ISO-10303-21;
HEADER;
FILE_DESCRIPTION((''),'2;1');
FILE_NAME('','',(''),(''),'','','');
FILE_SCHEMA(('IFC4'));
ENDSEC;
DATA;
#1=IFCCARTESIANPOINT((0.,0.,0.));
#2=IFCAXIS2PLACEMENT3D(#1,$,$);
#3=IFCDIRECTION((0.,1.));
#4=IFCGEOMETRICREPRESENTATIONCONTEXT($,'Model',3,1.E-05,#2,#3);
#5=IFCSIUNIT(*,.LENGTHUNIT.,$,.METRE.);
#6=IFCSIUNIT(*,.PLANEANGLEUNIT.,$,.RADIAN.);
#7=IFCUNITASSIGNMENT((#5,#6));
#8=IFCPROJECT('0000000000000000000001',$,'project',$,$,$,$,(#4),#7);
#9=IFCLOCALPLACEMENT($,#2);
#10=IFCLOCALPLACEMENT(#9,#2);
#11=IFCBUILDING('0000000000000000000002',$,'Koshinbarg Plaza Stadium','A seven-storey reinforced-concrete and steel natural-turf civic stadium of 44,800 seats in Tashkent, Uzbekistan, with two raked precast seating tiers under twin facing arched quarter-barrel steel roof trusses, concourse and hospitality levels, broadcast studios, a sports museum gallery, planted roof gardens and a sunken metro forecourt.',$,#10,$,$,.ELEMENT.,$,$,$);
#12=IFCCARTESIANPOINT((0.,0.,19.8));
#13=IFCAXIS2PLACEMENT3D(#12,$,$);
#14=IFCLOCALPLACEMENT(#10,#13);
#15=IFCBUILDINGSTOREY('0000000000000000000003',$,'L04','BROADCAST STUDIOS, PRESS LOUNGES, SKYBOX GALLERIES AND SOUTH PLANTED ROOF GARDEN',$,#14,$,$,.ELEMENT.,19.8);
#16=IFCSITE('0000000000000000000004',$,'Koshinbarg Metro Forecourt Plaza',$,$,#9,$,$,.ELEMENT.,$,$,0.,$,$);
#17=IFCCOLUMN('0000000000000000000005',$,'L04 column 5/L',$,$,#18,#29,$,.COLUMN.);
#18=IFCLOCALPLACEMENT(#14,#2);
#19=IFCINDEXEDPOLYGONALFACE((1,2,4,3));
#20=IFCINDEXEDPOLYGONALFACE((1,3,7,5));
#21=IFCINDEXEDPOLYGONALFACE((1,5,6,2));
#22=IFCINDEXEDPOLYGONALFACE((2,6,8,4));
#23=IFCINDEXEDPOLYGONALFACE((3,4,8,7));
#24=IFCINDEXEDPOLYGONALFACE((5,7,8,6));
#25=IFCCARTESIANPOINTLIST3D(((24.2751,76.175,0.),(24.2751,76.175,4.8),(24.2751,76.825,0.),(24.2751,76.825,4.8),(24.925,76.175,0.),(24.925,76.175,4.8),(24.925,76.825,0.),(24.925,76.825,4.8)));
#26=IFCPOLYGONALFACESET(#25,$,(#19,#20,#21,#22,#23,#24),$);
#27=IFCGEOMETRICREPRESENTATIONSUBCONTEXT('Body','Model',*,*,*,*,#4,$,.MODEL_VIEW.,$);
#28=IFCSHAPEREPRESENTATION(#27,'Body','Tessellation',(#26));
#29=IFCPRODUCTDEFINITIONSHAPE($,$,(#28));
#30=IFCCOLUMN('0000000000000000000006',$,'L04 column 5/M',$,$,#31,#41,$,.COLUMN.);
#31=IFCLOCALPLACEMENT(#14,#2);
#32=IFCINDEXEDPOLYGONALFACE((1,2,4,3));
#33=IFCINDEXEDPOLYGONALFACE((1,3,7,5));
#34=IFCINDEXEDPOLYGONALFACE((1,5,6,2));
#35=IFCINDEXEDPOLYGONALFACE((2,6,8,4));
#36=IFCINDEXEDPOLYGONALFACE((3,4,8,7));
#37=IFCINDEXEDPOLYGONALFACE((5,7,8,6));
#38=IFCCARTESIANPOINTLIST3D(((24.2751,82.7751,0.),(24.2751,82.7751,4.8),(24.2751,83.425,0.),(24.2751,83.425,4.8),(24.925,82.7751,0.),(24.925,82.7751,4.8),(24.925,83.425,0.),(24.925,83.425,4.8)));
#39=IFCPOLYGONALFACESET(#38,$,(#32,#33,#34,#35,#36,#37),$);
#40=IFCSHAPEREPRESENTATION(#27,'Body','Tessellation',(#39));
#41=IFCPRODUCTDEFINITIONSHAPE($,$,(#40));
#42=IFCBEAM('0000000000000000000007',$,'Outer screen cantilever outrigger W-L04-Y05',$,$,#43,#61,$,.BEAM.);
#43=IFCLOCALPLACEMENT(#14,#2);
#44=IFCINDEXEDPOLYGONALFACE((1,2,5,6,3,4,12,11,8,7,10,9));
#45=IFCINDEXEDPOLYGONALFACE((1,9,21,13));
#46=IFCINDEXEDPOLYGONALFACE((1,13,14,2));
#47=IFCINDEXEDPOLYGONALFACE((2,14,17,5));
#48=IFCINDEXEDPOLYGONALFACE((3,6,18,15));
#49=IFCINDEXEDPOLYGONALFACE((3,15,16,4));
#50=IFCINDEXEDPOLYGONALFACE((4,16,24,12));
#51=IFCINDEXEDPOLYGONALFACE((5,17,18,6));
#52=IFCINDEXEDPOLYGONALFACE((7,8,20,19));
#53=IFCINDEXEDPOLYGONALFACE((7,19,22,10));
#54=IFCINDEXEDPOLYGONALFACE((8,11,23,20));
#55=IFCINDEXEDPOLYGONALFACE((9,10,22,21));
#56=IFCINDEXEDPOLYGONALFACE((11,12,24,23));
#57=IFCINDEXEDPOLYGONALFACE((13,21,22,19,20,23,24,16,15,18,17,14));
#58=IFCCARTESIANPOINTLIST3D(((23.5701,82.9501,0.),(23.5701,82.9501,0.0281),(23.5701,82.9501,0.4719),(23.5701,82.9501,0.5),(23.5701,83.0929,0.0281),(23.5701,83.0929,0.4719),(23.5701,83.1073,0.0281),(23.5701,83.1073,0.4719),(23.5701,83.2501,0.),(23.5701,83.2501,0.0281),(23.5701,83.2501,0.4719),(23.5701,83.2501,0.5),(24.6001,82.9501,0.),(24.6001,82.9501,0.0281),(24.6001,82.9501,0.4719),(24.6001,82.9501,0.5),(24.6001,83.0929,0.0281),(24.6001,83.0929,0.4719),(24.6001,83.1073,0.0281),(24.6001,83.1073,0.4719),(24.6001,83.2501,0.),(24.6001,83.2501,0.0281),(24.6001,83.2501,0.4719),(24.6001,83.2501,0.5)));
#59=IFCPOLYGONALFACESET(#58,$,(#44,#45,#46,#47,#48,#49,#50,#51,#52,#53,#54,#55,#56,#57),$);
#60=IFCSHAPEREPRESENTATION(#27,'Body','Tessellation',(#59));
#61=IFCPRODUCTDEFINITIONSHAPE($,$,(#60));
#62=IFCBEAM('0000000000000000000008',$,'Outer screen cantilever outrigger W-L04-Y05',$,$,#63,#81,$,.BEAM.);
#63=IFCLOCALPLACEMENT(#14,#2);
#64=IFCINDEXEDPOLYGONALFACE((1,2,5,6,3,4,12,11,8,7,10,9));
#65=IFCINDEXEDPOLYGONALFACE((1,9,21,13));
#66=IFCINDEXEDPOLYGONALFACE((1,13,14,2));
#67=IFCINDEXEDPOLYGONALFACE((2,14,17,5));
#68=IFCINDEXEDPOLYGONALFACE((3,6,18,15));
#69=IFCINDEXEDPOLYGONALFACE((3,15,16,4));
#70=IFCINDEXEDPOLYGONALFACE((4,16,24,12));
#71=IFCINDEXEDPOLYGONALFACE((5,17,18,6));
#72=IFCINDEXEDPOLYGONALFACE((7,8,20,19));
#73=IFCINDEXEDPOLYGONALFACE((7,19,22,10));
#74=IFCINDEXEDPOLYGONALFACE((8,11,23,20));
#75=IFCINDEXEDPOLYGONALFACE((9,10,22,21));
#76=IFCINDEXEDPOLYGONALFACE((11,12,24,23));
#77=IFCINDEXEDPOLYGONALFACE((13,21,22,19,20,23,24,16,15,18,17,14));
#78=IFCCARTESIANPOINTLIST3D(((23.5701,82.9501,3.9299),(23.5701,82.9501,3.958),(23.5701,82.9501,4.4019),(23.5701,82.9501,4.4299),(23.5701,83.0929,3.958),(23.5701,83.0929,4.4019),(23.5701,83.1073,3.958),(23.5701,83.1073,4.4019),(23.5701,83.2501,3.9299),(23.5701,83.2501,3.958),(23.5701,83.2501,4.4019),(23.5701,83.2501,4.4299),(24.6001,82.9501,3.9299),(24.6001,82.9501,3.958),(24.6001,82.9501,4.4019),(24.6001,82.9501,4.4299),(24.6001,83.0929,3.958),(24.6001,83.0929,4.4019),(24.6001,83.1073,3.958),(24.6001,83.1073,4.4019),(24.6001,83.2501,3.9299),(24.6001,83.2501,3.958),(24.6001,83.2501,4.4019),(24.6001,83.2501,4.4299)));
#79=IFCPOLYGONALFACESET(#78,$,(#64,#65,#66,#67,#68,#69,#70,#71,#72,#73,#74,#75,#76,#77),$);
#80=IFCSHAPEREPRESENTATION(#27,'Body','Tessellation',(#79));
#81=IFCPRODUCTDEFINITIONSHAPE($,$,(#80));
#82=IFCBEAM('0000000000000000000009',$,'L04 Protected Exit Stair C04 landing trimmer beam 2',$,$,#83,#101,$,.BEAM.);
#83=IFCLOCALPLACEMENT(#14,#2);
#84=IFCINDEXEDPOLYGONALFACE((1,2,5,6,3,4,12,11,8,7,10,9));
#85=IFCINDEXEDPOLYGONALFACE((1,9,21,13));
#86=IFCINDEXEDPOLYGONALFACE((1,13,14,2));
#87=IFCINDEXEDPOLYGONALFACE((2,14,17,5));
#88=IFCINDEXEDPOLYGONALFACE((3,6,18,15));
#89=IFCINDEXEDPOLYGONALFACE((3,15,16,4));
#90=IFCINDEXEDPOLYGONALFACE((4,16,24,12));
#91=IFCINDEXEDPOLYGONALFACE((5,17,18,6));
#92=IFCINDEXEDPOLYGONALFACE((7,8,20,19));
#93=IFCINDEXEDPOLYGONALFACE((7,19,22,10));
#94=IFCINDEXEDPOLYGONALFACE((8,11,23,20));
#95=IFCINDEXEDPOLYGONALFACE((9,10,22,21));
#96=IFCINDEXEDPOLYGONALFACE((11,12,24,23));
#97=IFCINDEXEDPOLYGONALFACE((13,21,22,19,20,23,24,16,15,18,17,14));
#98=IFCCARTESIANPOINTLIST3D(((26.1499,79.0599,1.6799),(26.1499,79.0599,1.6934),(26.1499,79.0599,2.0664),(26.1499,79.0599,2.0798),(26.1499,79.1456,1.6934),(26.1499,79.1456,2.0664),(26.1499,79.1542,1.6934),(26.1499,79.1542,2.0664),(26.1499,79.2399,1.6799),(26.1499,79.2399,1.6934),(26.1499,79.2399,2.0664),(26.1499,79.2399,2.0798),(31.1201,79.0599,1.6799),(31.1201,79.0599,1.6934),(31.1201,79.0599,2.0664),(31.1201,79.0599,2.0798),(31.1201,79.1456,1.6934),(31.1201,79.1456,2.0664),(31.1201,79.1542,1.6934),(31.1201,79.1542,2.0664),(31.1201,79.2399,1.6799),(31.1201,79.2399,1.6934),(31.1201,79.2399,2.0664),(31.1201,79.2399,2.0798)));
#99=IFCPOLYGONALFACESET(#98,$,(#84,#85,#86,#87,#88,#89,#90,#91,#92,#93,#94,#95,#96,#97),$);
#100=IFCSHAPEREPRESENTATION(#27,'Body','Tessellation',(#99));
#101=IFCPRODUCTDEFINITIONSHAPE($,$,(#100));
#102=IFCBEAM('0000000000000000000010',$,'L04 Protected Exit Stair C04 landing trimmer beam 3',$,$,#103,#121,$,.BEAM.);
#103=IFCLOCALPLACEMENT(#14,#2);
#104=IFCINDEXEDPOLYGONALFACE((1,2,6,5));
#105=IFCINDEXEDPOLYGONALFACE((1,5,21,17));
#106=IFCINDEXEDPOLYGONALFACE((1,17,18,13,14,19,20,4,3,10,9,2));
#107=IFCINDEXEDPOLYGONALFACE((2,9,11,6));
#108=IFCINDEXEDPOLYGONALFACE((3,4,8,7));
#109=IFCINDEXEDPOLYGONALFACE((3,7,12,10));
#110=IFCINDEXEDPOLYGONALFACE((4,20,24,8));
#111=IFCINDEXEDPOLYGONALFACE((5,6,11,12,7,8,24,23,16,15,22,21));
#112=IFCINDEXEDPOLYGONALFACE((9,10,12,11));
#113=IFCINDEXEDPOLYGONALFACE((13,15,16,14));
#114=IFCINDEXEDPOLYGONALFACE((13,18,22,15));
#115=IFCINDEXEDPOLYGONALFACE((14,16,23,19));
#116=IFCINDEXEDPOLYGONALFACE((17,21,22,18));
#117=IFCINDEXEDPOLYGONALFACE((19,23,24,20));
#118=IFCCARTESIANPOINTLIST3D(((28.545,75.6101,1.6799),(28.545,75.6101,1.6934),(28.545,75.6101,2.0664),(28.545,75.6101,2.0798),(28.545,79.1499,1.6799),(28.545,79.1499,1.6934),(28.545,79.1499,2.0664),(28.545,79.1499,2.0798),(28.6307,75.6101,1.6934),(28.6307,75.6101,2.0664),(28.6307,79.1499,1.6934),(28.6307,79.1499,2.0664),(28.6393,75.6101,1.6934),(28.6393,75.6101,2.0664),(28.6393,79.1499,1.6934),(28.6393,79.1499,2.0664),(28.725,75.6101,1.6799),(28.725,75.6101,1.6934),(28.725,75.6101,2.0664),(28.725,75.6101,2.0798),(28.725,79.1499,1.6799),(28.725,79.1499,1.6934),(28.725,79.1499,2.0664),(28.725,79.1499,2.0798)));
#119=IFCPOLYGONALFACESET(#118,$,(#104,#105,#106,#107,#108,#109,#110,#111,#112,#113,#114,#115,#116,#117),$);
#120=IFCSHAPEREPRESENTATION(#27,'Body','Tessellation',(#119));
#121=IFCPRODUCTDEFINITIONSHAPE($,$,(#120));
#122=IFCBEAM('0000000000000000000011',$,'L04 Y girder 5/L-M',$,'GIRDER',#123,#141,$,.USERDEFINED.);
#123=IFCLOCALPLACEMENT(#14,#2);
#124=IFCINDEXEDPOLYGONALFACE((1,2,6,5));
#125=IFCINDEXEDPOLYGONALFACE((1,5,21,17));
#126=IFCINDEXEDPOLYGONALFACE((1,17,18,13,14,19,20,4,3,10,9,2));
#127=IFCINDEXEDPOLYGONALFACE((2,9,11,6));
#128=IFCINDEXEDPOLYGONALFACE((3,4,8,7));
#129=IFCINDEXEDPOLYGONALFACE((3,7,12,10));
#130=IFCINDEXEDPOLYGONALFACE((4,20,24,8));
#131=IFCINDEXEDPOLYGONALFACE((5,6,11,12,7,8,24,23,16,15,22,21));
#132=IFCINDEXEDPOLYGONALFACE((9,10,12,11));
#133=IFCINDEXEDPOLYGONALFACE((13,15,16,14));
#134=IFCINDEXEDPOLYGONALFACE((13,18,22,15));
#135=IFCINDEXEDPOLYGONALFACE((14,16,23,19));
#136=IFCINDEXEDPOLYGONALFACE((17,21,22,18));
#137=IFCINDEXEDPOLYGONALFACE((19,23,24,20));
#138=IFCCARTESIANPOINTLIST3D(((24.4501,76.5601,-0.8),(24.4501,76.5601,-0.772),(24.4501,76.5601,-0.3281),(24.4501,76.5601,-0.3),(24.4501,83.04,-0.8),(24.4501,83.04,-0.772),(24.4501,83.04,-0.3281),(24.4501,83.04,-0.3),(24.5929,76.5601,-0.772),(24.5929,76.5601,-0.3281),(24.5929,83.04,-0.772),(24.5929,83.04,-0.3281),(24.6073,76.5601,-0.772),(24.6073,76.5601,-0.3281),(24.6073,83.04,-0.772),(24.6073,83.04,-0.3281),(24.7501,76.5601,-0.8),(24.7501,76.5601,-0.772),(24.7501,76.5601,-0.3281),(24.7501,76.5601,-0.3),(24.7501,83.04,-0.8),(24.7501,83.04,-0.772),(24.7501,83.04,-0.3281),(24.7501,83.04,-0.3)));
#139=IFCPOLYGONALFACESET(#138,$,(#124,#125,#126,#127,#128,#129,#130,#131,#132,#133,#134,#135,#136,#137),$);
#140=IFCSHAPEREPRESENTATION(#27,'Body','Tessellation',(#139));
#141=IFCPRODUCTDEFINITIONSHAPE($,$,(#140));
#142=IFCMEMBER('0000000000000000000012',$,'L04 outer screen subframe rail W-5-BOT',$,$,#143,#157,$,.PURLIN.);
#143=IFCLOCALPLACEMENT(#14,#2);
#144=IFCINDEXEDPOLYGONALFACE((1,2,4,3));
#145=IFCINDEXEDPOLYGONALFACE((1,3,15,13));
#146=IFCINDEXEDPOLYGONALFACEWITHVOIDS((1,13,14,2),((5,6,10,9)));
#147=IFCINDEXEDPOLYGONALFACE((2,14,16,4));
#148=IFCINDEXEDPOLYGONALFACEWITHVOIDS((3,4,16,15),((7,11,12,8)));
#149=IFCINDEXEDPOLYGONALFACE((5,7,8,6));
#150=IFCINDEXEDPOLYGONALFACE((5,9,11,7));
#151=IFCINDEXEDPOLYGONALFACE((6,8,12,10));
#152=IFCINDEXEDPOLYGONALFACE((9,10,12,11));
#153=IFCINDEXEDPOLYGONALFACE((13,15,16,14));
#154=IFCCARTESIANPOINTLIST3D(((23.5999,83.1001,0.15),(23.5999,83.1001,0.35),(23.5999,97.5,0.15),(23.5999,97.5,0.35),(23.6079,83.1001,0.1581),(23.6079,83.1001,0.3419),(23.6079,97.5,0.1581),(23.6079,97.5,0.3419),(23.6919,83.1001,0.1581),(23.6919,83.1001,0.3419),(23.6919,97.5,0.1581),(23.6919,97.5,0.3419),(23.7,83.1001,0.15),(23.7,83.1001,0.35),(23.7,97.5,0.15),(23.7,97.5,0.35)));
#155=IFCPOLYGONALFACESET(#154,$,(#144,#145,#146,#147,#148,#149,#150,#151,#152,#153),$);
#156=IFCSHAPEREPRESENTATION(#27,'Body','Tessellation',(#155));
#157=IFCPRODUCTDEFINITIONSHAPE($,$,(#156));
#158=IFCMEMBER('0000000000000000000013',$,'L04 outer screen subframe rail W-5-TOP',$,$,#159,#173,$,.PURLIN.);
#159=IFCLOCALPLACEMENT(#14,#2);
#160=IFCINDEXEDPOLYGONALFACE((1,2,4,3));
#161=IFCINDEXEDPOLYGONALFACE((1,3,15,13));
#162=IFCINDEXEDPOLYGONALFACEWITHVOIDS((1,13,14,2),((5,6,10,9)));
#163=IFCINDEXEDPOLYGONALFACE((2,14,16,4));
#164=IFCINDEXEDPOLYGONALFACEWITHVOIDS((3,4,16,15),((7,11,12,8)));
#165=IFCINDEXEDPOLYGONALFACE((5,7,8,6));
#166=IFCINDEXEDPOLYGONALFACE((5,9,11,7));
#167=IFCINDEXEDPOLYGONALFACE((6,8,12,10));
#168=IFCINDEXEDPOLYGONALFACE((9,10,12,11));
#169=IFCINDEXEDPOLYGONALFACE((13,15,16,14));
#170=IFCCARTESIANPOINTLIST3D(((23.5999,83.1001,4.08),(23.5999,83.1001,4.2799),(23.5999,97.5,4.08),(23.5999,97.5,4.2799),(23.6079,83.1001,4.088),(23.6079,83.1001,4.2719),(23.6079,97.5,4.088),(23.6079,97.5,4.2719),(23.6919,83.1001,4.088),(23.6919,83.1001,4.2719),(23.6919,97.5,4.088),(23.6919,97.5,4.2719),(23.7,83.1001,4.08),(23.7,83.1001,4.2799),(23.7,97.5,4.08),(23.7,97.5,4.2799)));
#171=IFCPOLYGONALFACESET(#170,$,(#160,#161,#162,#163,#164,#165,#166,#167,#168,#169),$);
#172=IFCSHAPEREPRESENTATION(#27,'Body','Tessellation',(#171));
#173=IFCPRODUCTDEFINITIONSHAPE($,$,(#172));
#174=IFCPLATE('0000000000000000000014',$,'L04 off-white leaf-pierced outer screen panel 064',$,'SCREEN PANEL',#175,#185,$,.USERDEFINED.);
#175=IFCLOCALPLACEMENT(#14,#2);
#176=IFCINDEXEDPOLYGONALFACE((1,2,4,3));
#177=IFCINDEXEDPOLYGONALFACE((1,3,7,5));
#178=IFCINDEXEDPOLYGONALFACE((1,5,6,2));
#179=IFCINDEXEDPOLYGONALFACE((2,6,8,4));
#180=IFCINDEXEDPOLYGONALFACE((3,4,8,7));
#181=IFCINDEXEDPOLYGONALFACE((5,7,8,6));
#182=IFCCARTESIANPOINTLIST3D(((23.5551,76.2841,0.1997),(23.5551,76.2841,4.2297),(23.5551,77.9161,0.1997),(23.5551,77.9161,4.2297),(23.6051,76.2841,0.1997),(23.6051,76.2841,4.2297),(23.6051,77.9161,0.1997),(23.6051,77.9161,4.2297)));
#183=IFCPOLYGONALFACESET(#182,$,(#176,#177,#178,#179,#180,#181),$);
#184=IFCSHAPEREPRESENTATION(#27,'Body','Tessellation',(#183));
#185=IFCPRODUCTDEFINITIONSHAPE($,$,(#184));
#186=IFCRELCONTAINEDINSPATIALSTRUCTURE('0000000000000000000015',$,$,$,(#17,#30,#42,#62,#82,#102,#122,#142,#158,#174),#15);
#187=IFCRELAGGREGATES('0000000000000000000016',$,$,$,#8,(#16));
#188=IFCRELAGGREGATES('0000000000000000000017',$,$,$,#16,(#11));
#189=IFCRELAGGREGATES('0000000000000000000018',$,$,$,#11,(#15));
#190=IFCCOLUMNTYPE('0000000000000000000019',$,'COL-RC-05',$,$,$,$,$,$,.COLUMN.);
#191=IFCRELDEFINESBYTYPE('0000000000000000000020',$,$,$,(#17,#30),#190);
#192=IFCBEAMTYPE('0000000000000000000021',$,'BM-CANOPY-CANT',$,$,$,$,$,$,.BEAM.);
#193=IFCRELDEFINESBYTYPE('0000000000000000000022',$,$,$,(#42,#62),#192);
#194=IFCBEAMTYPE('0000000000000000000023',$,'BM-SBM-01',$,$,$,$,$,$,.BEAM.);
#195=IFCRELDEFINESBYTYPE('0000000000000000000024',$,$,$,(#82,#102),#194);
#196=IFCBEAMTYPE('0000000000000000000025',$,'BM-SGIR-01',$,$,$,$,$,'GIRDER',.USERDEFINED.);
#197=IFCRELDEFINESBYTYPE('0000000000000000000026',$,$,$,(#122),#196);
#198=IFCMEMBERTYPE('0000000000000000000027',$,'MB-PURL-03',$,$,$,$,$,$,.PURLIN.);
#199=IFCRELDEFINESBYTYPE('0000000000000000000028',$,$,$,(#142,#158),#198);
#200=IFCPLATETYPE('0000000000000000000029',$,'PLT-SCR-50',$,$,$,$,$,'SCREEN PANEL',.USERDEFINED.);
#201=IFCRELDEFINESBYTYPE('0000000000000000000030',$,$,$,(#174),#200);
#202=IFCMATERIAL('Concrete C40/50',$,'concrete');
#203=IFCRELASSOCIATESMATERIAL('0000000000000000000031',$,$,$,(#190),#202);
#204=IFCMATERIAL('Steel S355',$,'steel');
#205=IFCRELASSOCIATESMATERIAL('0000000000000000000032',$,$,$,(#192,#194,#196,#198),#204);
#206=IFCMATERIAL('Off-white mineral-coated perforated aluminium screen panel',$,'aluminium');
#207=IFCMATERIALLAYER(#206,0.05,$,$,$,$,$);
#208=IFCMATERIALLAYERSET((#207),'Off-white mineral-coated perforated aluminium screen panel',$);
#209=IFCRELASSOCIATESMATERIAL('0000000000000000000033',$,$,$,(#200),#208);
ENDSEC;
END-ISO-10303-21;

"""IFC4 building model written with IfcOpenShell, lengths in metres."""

from ifc_helpers import new_model, si_unit, direction, frame, origin, origin_2d, place, context, subcontext, project, spatial, rectangle, hollow_rectangle, i_section, extrude, material, layer, layer_set, material_profile, profile_set, type_object, element, save


model = new_model("IFC4")

# Units and contexts
model_context = context("Model", 3, precision=1e-05, world=origin(), true_north=direction((0.0, 1.0)))
body_context = subcontext(model_context, "Body", "Model", "MODEL_VIEW")
ifc_project = project(units=[si_unit("LENGTHUNIT", "METRE"), si_unit("PLANEANGLEUNIT", "RADIAN")], contexts=[model_context])

# Site, building, storey
site_placement = place(None, origin())
site = spatial("IfcSite", under=ifc_project, at=site_placement, Name="Koshinbarg Metro Forecourt Plaza", CompositionType="ELEMENT", RefElevation=0.0)
building_placement = place(site_placement, origin())
building = spatial("IfcBuilding", under=site, at=building_placement, Name="Koshinbarg Plaza Stadium", Description="A seven-storey reinforced-concrete and steel natural-turf civic stadium of 44,800 seats in Tashkent, Uzbekistan, with two raked precast seating tiers under twin facing arched quarter-barrel steel roof trusses, concourse and hospitality levels, broadcast studios, a sports museum gallery, planted roof gardens and a sunken metro forecourt.", CompositionType="ELEMENT")
storey_placement = place(building_placement, frame((0.0, 0.0, 19.8)))
storey = spatial("IfcBuildingStorey", under=building, at=storey_placement, Name="L04", Description="BROADCAST STUDIOS, PRESS LOUNGES, SKYBOX GALLERIES AND SOUTH PLANTED ROOF GARDEN", CompositionType="ELEMENT", Elevation=19.8)

# Columns
ifc_material_1 = material(Name="Concrete C40/50", Category="concrete")
ifc_material_profile_1 = material_profile(ifc_material_1, rectangle(XDim=0.6499, YDim=0.6499, at=origin_2d()), Name="RC 650x650")
ifc_profile_set_1 = profile_set([ifc_material_profile_1], Name="Concrete C40/50")
column_type = type_object("IfcColumnType", Name="COL-RC-05", PredefinedType="COLUMN", material=ifc_profile_set_1)
for number, where, z_axis, x_axis, name in (
    (1, (24.6001, 76.5, 0.0), (0.0, 0.0, 1.0), (1.0, 0.0, 0.0), "L04 column 5/L"),
    (2, (24.6001, 83.1001, 0.0), (0.0, 0.0, 1.0), (1.0, 0.0, 0.0), "L04 column 5/M"),
):
    element("IfcColumn", number, at=place(storey_placement, frame(where, z_axis=z_axis, x_axis=x_axis)), inside=storey, type_object=column_type, Name=name, PredefinedType="COLUMN", context=body_context, shape_type="SweptSolid", body=[
        extrude(rectangle(XDim=0.6499, YDim=0.6499, at=origin_2d()), origin(), (0.0, 0.0, 1.0), 4.8),
    ])

# Beams
ifc_material_2 = material(Name="Steel S355", Category="steel")
ifc_material_profile_2 = material_profile(ifc_material_2, i_section(OverallWidth=0.3, OverallDepth=0.5, WebThickness=0.0144, FlangeThickness=0.0281, at=origin_2d()), Name="HEB 500")
ifc_profile_set_2 = profile_set([ifc_material_profile_2], Name="Steel S355")
beam_type_1 = type_object("IfcBeamType", Name="BM-CANOPY-CANT", PredefinedType="BEAM", material=ifc_profile_set_2)
for number, where, z_axis, x_axis, name in (
    (3, (24.6001, 83.1001, 0.25), (-1.0, 0.0, 0.0), (0.0, -1.0, 0.0), "Outer screen cantilever outrigger W-L04-Y05"),
    (4, (24.6001, 83.1001, 4.1799), (-1.0, 0.0, 0.0), (0.0, -1.0, 0.0), "Outer screen cantilever outrigger W-L04-Y05"),
):
    element("IfcBeam", number, at=place(storey_placement, frame(where, z_axis=z_axis, x_axis=x_axis)), inside=storey, type_object=beam_type_1, Name=name, PredefinedType="BEAM", context=body_context, shape_type="SweptSolid", body=[
        extrude(i_section(OverallWidth=0.3, OverallDepth=0.5, WebThickness=0.0144, FlangeThickness=0.0281, at=origin_2d()), origin(), (0.0, 0.0, 1.0), 1.03),
    ])
ifc_material_profile_3 = material_profile(ifc_material_2, i_section(OverallWidth=0.1799, OverallDepth=0.3999, WebThickness=0.0085, FlangeThickness=0.0134, at=origin_2d()), Name="IPE 400")
ifc_profile_set_3 = profile_set([ifc_material_profile_3], Name="Steel S355")
beam_type_2 = type_object("IfcBeamType", Name="BM-SBM-01", PredefinedType="BEAM", material=ifc_profile_set_3)
beam_1_placement = place(storey_placement, frame((26.1499, 79.1499, 1.8799), z_axis=(1.0, 0.0, 0.0), x_axis=(0.0, 1.0, 0.0)))
element("IfcBeam", 5, at=beam_1_placement, inside=storey, type_object=beam_type_2, Name="L04 Protected Exit Stair C04 landing trimmer beam 2", PredefinedType="BEAM", context=body_context, shape_type="SweptSolid", body=[
    extrude(i_section(OverallWidth=0.1799, OverallDepth=0.3999, WebThickness=0.0085, FlangeThickness=0.0134, at=origin_2d()), origin(), (0.0, 0.0, 1.0), 4.9702),
])
beam_2_placement = place(storey_placement, frame((28.635, 75.6101, 1.8799), z_axis=(0.0, 1.0, 0.0), x_axis=(-1.0, 0.0, 0.0)))
element("IfcBeam", 6, at=beam_2_placement, inside=storey, type_object=beam_type_2, Name="L04 Protected Exit Stair C04 landing trimmer beam 3", PredefinedType="BEAM", context=body_context, shape_type="SweptSolid", body=[
    extrude(i_section(OverallWidth=0.1799, OverallDepth=0.3999, WebThickness=0.0085, FlangeThickness=0.0134, at=origin_2d()), origin(), (0.0, 0.0, 1.0), 3.5398),
])
ifc_material_profile_4 = material_profile(ifc_material_2, i_section(OverallWidth=0.3, OverallDepth=0.5, WebThickness=0.0144, FlangeThickness=0.0281, at=origin_2d()), Name="HEB 500")
ifc_profile_set_4 = profile_set([ifc_material_profile_4], Name="Steel S355")
beam_type_3 = type_object("IfcBeamType", Name="BM-SGIR-01", ElementType="GIRDER", PredefinedType="USERDEFINED", material=ifc_profile_set_4)
beam_3_placement = place(storey_placement, frame((24.6001, 76.5601, -0.55), z_axis=(0.0, 1.0, 0.0), x_axis=(-1.0, 0.0, 0.0)))
element("IfcBeam", 7, at=beam_3_placement, inside=storey, type_object=beam_type_3, Name="L04 Y girder 5/L-M", ObjectType="GIRDER", PredefinedType="USERDEFINED", context=body_context, shape_type="SweptSolid", body=[
    extrude(i_section(OverallWidth=0.3, OverallDepth=0.5, WebThickness=0.0144, FlangeThickness=0.0281, at=origin_2d()), origin(), (0.0, 0.0, 1.0), 6.48),
])

# Members
ifc_material_profile_5 = material_profile(ifc_material_2, hollow_rectangle(XDim=0.1001, YDim=0.2, WallThickness=0.0081, at=origin_2d()), Name="RHS 200x100x8")
ifc_profile_set_5 = profile_set([ifc_material_profile_5], Name="Steel S355")
member_type = type_object("IfcMemberType", Name="MB-PURL-03", PredefinedType="PURLIN", material=ifc_profile_set_5)
for number, where, z_axis, x_axis, name in (
    (8, (23.6499, 83.1001, 0.25), (0.0, 1.0, 0.0), (-1.0, 0.0, 0.0), "L04 outer screen subframe rail W-5-BOT"),
    (9, (23.6499, 83.1001, 4.1799), (0.0, 1.0, 0.0), (-1.0, 0.0, 0.0), "L04 outer screen subframe rail W-5-TOP"),
):
    element("IfcMember", number, at=place(storey_placement, frame(where, z_axis=z_axis, x_axis=x_axis)), inside=storey, type_object=member_type, Name=name, PredefinedType="PURLIN", context=body_context, shape_type="SweptSolid", body=[
        extrude(hollow_rectangle(XDim=0.1001, YDim=0.2, WallThickness=0.0081, at=origin_2d()), origin(), (0.0, 0.0, 1.0), 14.3999),
    ])

# Plate
ifc_material_3 = material(Name="Off-white mineral-coated perforated aluminium screen panel", Category="aluminium")
ifc_layer_1 = layer(ifc_material_3, 0.05)
ifc_layer_set_1 = layer_set([ifc_layer_1], Name="Off-white mineral-coated perforated aluminium screen panel")
plate_type_1 = type_object("IfcPlateType", Name="PLT-SCR-50", ElementType="SCREEN PANEL", PredefinedType="USERDEFINED", material=ifc_layer_set_1)
for number, where, z_axis, x_axis, name in (
    (10, (23.5801, 77.1001, 0.1997), (0.0, 0.0, 1.0), (1.0, 0.0, 0.0), "L04 off-white leaf-pierced outer screen panel 064"),
):
    element("IfcPlate", number, at=place(storey_placement, frame(where, z_axis=z_axis, x_axis=x_axis)), inside=storey, type_object=plate_type_1, Name=name, ObjectType="SCREEN PANEL", PredefinedType="USERDEFINED", context=body_context, shape_type="SweptSolid", body=[
        extrude(rectangle(XDim=0.05, YDim=1.6321, at=origin_2d()), origin(), (0.0, 0.0, 1.0), 4.03),
    ])

save(model, "model.ifc")
